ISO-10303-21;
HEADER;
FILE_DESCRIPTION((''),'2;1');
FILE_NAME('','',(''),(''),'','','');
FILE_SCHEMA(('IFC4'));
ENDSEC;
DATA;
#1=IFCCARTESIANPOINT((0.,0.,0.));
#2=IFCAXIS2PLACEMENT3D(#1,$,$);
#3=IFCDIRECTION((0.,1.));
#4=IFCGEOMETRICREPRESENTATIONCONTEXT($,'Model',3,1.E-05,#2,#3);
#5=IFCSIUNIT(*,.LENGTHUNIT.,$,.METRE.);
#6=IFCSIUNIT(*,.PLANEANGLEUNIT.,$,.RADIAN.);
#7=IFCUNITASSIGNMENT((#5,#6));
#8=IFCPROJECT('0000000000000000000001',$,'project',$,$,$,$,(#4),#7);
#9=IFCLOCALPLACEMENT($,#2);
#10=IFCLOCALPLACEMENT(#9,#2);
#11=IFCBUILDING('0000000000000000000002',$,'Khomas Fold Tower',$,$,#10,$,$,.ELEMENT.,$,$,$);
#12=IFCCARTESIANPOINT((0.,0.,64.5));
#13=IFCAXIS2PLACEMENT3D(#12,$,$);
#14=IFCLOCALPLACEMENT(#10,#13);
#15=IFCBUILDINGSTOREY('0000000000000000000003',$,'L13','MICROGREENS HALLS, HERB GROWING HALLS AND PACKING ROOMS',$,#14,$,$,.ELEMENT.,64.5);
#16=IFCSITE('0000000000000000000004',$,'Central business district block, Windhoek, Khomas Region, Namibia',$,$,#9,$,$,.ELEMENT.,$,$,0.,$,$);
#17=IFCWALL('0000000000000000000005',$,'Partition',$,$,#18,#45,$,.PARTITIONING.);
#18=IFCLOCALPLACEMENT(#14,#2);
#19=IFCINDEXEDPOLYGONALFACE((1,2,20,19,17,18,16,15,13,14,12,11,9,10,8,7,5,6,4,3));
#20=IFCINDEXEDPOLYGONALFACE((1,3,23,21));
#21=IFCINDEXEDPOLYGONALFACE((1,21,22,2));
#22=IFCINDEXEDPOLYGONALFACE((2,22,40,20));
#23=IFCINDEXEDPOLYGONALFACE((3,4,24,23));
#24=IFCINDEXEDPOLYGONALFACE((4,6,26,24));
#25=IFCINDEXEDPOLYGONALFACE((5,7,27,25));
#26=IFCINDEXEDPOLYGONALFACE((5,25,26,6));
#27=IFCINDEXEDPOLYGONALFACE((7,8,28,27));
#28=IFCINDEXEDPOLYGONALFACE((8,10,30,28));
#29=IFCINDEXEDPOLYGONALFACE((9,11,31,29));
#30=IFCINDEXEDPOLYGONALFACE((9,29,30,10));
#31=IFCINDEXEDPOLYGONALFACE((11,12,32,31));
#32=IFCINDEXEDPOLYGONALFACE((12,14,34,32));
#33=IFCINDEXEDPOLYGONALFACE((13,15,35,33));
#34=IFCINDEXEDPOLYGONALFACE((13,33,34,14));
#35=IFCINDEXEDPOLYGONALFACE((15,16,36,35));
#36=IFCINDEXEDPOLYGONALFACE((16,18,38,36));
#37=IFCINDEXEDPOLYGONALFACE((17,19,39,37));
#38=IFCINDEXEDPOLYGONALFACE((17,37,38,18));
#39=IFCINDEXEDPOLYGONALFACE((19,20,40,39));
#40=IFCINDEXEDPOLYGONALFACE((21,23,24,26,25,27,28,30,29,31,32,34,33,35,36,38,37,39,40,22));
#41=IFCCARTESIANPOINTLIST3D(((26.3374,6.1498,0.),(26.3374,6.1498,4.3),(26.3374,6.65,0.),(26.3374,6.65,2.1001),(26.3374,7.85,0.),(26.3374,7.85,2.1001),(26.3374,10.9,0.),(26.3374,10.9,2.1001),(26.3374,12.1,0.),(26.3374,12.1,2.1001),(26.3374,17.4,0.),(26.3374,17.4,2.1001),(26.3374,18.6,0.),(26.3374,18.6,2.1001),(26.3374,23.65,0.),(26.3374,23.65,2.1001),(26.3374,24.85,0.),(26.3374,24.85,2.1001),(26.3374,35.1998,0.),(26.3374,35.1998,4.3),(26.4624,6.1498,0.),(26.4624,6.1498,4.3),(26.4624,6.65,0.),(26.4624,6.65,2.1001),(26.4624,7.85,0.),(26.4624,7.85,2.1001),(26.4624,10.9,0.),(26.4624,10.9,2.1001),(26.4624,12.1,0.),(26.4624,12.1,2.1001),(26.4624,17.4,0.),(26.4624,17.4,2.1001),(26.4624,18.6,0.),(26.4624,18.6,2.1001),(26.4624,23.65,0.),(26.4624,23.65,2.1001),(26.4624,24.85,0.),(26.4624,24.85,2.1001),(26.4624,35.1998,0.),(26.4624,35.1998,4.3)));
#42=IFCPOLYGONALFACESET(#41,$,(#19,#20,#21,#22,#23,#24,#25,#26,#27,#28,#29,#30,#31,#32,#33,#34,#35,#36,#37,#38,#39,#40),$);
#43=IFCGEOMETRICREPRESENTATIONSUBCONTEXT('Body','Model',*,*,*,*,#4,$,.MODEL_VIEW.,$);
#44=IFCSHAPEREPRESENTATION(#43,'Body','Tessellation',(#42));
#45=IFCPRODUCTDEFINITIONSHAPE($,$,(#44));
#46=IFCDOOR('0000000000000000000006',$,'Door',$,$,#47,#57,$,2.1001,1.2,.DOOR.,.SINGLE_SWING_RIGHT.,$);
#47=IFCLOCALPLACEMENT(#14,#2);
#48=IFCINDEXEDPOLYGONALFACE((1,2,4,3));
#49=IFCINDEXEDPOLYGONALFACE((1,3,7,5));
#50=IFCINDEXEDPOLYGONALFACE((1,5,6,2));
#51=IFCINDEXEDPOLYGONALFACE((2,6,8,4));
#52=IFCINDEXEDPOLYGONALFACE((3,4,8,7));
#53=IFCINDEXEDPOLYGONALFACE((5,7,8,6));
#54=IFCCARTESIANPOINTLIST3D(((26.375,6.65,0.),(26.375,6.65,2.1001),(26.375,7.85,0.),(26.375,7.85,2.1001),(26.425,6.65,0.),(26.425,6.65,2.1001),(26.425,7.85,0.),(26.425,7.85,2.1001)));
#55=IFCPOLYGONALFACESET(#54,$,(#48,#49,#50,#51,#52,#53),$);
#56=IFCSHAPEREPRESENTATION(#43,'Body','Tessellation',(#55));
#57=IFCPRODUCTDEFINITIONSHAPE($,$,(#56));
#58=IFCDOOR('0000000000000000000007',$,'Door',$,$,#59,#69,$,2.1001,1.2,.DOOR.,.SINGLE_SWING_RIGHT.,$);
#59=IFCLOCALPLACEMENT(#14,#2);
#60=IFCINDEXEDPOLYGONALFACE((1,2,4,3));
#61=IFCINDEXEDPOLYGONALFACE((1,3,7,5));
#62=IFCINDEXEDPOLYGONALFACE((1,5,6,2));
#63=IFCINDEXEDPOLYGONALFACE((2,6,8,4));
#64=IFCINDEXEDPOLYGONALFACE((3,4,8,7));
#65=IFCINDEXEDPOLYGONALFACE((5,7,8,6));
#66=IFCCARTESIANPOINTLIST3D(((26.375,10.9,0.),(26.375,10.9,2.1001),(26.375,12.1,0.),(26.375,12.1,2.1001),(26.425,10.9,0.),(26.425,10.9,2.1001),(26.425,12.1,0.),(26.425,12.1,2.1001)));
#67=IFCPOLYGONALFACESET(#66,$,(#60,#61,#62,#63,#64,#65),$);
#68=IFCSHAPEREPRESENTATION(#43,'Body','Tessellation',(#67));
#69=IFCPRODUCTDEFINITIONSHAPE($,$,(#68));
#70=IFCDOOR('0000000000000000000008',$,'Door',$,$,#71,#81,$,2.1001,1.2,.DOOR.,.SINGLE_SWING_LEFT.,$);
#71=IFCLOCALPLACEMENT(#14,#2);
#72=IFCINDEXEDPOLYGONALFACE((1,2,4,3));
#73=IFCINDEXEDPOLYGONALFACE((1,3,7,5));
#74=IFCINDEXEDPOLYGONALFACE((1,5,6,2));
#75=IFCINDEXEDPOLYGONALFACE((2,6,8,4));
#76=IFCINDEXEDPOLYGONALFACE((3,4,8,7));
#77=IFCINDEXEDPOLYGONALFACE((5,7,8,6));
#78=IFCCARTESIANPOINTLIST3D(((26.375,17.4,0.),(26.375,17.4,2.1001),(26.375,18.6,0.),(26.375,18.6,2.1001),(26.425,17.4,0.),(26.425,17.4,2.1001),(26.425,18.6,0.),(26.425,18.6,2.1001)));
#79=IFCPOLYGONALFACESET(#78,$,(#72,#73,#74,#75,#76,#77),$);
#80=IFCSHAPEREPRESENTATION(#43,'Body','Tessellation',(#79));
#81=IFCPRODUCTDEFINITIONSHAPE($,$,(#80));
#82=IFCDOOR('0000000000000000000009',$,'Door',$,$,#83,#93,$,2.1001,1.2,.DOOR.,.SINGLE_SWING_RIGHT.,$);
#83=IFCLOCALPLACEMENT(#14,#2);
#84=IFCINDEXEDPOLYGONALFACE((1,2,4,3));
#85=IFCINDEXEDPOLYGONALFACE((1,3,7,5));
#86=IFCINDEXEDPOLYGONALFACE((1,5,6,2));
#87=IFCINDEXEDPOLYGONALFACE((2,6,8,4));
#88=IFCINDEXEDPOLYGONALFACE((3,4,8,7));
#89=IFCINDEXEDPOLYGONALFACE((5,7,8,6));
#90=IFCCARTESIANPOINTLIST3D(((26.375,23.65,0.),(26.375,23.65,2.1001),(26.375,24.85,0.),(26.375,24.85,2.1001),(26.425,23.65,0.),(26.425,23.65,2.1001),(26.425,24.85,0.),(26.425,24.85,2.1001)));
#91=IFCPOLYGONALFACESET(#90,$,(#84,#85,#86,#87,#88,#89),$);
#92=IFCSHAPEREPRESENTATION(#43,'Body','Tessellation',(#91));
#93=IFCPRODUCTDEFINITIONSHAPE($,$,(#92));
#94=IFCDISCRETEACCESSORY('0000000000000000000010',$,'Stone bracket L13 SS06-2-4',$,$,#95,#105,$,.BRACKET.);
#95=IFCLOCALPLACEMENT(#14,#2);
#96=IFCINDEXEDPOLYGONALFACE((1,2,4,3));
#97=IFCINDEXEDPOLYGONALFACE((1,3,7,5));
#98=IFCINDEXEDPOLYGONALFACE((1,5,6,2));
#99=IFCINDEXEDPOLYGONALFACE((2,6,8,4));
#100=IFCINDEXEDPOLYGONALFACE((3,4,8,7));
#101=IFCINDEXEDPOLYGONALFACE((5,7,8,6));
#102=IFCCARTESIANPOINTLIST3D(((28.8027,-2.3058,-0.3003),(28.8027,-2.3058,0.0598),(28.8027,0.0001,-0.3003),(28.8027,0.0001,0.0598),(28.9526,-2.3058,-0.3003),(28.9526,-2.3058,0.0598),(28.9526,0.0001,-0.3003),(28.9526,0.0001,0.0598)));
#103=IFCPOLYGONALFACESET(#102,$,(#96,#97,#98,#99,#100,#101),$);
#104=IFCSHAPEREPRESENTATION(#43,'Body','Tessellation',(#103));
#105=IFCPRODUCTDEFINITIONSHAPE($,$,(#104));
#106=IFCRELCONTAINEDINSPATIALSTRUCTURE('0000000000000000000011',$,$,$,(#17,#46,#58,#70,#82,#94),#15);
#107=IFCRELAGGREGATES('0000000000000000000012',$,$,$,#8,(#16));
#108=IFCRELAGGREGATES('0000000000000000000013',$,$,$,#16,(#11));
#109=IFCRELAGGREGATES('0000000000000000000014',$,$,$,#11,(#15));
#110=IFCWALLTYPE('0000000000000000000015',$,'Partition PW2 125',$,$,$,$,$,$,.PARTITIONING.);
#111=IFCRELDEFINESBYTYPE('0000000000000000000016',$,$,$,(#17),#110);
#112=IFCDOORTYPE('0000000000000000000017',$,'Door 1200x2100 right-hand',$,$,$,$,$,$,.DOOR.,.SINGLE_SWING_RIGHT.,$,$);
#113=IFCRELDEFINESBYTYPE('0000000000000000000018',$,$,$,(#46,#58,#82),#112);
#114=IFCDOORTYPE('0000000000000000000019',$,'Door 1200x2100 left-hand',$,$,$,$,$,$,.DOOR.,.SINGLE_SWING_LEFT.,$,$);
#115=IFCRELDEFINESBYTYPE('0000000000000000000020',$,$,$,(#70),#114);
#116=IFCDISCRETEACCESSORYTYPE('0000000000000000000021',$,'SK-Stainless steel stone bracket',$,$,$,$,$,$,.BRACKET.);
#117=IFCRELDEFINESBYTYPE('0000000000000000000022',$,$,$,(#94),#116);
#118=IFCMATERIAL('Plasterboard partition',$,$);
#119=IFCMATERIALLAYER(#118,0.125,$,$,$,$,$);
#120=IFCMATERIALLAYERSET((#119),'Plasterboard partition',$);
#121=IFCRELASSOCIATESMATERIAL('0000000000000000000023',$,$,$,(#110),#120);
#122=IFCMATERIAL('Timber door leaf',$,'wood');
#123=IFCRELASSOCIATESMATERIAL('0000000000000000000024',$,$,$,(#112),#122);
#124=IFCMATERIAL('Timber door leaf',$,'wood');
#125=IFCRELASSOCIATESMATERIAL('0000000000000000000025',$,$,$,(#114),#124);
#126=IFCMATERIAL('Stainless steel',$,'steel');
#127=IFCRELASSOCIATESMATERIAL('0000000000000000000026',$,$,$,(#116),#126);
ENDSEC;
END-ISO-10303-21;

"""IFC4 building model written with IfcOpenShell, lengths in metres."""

from ifc_helpers import new_model, si_unit, direction, frame, frame_2d, origin, origin_2d, place, context, subcontext, project, spatial, rectangle, extrude, source, transform, mapped, material, layer, layer_set, type_object, element, fill, save


model = new_model("IFC4")

# Units and contexts
model_context = context("Model", 3, precision=1e-05, world=origin(), true_north=direction((0.0, 1.0)))
body_context = subcontext(model_context, "Body", "Model", "MODEL_VIEW")
ifc_project = project(units=[si_unit("LENGTHUNIT", "METRE"), si_unit("PLANEANGLEUNIT", "RADIAN")], contexts=[model_context])

# Site, building, storey
site_placement = place(None, origin())
site = spatial("IfcSite", under=ifc_project, at=site_placement, Name="Central business district block, Windhoek, Khomas Region, Namibia", CompositionType="ELEMENT", RefElevation=0.0)
building_placement = place(site_placement, origin())
building = spatial("IfcBuilding", under=site, at=building_placement, Name="Khomas Fold Tower", CompositionType="ELEMENT")
storey_placement = place(building_placement, frame((0.0, 0.0, 64.5)))
storey = spatial("IfcBuildingStorey", under=building, at=storey_placement, Name="L13", Description="MICROGREENS HALLS, HERB GROWING HALLS AND PACKING ROOMS", CompositionType="ELEMENT", Elevation=64.5)

# Wall, openings, doors
ifc_material_1 = material(Name="Plasterboard partition")
ifc_layer_1 = layer(ifc_material_1, 0.125)
ifc_layer_set_1 = layer_set([ifc_layer_1], Name="Plasterboard partition")
wall_type_1 = type_object("IfcWallType", Name="Partition PW2 125", PredefinedType="PARTITIONING", material=ifc_layer_set_1)
shared_shape_1 = source(origin(), body_context, "Body", "SweptSolid", [
    extrude(rectangle(XDim=29.05, YDim=0.125, at=frame_2d((14.5249, 0.0))), origin(), (0.0, 0.0, 1.0), 4.3),
])
wall_1_placement = place(storey_placement, frame((26.3999, 6.1499, 0.0), z_axis=(0.0, 0.0, 1.0), x_axis=(0.0, 1.0, 0.0)))
wall_1 = element("IfcWall", 1, at=wall_1_placement, inside=storey, type_object=wall_type_1, Name="Partition", PredefinedType="PARTITIONING", context=body_context, shape_type="MappedRepresentation", body=[
    mapped(shared_shape_1, transform((0.0, 0.0, 0.0))),
])
shared_shape_2 = source(origin(), body_context, "Body", "SweptSolid", [
    extrude(rectangle(XDim=1.2, YDim=2.1001, at=frame_2d((0.6001, 1.05))), frame((0.0, 0.0725, 0.0), z_axis=(0.0, -1.0, 0.0), x_axis=(1.0, 0.0, 0.0)), (0.0, 0.0, 1.0), 0.145),
])
opening_1_placement = place(wall_1_placement, frame((0.5, 0.0, 0.0)))
opening_1 = element("IfcOpeningElement", 2, at=opening_1_placement, cuts=wall_1, PredefinedType="OPENING", context=body_context, shape_type="MappedRepresentation", body=[
    mapped(shared_shape_2, transform((0.0, 0.0, 0.0))),
])
opening_2_placement = place(wall_1_placement, frame((4.75, 0.0, 0.0)))
opening_2 = element("IfcOpeningElement", 3, at=opening_2_placement, cuts=wall_1, PredefinedType="OPENING", context=body_context, shape_type="MappedRepresentation", body=[
    mapped(shared_shape_2, transform((0.0, 0.0, 0.0))),
])
opening_3_placement = place(wall_1_placement, frame((11.25, 0.0, 0.0)))
opening_3 = element("IfcOpeningElement", 4, at=opening_3_placement, cuts=wall_1, PredefinedType="OPENING", context=body_context, shape_type="MappedRepresentation", body=[
    mapped(shared_shape_2, transform((0.0, 0.0, 0.0))),
])
opening_4_placement = place(wall_1_placement, frame((17.5, 0.0, 0.0)))
opening_4 = element("IfcOpeningElement", 5, at=opening_4_placement, cuts=wall_1, PredefinedType="OPENING", context=body_context, shape_type="MappedRepresentation", body=[
    mapped(shared_shape_2, transform((0.0, 0.0, 0.0))),
])
ifc_material_2 = material(Name="Timber door leaf", Category="wood")
door_type_1 = type_object("IfcDoorType", Name="Door 1200x2100 right-hand", OperationType="SINGLE_SWING_RIGHT", PredefinedType="DOOR", material=ifc_material_2)
shared_shape_3 = source(origin(), body_context, "Body", "SweptSolid", [
    extrude(rectangle(XDim=1.2, YDim=2.1001, at=frame_2d((0.6001, 1.05))), frame((0.0, 0.0249, 0.0), z_axis=(0.0, -1.0, 0.0), x_axis=(1.0, 0.0, 0.0)), (0.0, 0.0, 1.0), 0.05),
])
door_1_placement = place(opening_1_placement, origin())
door_1 = element("IfcDoor", 6, at=door_1_placement, inside=storey, type_object=door_type_1, Name="Door", OperationType="SINGLE_SWING_RIGHT", OverallHeight=2.1001, OverallWidth=1.2, PredefinedType="DOOR", context=body_context, shape_type="MappedRepresentation", body=[
    mapped(shared_shape_3, transform((0.0, 0.0, 0.0))),
])
fill(opening_1, door_1)
door_2_placement = place(opening_2_placement, origin())
door_2 = element("IfcDoor", 7, at=door_2_placement, inside=storey, type_object=door_type_1, Name="Door", OperationType="SINGLE_SWING_RIGHT", OverallHeight=2.1001, OverallWidth=1.2, PredefinedType="DOOR", context=body_context, shape_type="MappedRepresentation", body=[
    mapped(shared_shape_3, transform((0.0, 0.0, 0.0))),
])
fill(opening_2, door_2)
ifc_material_3 = material(Name="Timber door leaf", Category="wood")
door_type_2 = type_object("IfcDoorType", Name="Door 1200x2100 left-hand", OperationType="SINGLE_SWING_LEFT", PredefinedType="DOOR", material=ifc_material_3)
door_3_placement = place(opening_3_placement, origin())
door_3 = element("IfcDoor", 8, at=door_3_placement, inside=storey, type_object=door_type_2, Name="Door", OperationType="SINGLE_SWING_LEFT", OverallHeight=2.1001, OverallWidth=1.2, PredefinedType="DOOR", context=body_context, shape_type="MappedRepresentation", body=[
    mapped(shared_shape_3, transform((0.0, 0.0, 0.0))),
])
fill(opening_3, door_3)
door_4_placement = place(opening_4_placement, origin())
door_4 = element("IfcDoor", 9, at=door_4_placement, inside=storey, type_object=door_type_1, Name="Door", OperationType="SINGLE_SWING_RIGHT", OverallHeight=2.1001, OverallWidth=1.2, PredefinedType="DOOR", context=body_context, shape_type="MappedRepresentation", body=[
    mapped(shared_shape_3, transform((0.0, 0.0, 0.0))),
])
fill(opening_4, door_4)

# Discrete accessory
ifc_material_4 = material(Name="Stainless steel", Category="steel")
discrete_accessory_type = type_object("IfcDiscreteAccessoryType", Name="SK-Stainless steel stone bracket", PredefinedType="BRACKET", material=ifc_material_4)
shared_shape_4 = source(origin(), body_context, "Body", "SweptSolid", [
    extrude(rectangle(XDim=2.3059, YDim=0.1499, at=origin_2d()), origin(), (0.0, 0.0, 1.0), 0.3601),
])
discrete_accessory_placement = place(storey_placement, frame((28.8777, -1.1528, -0.3003), z_axis=(0.0, 0.0, 1.0), x_axis=(0.0, -1.0, 0.0)))
element("IfcDiscreteAccessory", 10, at=discrete_accessory_placement, inside=storey, type_object=discrete_accessory_type, Name="Stone bracket L13 SS06-2-4", PredefinedType="BRACKET", context=body_context, shape_type="MappedRepresentation", body=[
    mapped(shared_shape_4, transform((0.0, 0.0, 0.0))),
])

save(model, "model.ifc")
